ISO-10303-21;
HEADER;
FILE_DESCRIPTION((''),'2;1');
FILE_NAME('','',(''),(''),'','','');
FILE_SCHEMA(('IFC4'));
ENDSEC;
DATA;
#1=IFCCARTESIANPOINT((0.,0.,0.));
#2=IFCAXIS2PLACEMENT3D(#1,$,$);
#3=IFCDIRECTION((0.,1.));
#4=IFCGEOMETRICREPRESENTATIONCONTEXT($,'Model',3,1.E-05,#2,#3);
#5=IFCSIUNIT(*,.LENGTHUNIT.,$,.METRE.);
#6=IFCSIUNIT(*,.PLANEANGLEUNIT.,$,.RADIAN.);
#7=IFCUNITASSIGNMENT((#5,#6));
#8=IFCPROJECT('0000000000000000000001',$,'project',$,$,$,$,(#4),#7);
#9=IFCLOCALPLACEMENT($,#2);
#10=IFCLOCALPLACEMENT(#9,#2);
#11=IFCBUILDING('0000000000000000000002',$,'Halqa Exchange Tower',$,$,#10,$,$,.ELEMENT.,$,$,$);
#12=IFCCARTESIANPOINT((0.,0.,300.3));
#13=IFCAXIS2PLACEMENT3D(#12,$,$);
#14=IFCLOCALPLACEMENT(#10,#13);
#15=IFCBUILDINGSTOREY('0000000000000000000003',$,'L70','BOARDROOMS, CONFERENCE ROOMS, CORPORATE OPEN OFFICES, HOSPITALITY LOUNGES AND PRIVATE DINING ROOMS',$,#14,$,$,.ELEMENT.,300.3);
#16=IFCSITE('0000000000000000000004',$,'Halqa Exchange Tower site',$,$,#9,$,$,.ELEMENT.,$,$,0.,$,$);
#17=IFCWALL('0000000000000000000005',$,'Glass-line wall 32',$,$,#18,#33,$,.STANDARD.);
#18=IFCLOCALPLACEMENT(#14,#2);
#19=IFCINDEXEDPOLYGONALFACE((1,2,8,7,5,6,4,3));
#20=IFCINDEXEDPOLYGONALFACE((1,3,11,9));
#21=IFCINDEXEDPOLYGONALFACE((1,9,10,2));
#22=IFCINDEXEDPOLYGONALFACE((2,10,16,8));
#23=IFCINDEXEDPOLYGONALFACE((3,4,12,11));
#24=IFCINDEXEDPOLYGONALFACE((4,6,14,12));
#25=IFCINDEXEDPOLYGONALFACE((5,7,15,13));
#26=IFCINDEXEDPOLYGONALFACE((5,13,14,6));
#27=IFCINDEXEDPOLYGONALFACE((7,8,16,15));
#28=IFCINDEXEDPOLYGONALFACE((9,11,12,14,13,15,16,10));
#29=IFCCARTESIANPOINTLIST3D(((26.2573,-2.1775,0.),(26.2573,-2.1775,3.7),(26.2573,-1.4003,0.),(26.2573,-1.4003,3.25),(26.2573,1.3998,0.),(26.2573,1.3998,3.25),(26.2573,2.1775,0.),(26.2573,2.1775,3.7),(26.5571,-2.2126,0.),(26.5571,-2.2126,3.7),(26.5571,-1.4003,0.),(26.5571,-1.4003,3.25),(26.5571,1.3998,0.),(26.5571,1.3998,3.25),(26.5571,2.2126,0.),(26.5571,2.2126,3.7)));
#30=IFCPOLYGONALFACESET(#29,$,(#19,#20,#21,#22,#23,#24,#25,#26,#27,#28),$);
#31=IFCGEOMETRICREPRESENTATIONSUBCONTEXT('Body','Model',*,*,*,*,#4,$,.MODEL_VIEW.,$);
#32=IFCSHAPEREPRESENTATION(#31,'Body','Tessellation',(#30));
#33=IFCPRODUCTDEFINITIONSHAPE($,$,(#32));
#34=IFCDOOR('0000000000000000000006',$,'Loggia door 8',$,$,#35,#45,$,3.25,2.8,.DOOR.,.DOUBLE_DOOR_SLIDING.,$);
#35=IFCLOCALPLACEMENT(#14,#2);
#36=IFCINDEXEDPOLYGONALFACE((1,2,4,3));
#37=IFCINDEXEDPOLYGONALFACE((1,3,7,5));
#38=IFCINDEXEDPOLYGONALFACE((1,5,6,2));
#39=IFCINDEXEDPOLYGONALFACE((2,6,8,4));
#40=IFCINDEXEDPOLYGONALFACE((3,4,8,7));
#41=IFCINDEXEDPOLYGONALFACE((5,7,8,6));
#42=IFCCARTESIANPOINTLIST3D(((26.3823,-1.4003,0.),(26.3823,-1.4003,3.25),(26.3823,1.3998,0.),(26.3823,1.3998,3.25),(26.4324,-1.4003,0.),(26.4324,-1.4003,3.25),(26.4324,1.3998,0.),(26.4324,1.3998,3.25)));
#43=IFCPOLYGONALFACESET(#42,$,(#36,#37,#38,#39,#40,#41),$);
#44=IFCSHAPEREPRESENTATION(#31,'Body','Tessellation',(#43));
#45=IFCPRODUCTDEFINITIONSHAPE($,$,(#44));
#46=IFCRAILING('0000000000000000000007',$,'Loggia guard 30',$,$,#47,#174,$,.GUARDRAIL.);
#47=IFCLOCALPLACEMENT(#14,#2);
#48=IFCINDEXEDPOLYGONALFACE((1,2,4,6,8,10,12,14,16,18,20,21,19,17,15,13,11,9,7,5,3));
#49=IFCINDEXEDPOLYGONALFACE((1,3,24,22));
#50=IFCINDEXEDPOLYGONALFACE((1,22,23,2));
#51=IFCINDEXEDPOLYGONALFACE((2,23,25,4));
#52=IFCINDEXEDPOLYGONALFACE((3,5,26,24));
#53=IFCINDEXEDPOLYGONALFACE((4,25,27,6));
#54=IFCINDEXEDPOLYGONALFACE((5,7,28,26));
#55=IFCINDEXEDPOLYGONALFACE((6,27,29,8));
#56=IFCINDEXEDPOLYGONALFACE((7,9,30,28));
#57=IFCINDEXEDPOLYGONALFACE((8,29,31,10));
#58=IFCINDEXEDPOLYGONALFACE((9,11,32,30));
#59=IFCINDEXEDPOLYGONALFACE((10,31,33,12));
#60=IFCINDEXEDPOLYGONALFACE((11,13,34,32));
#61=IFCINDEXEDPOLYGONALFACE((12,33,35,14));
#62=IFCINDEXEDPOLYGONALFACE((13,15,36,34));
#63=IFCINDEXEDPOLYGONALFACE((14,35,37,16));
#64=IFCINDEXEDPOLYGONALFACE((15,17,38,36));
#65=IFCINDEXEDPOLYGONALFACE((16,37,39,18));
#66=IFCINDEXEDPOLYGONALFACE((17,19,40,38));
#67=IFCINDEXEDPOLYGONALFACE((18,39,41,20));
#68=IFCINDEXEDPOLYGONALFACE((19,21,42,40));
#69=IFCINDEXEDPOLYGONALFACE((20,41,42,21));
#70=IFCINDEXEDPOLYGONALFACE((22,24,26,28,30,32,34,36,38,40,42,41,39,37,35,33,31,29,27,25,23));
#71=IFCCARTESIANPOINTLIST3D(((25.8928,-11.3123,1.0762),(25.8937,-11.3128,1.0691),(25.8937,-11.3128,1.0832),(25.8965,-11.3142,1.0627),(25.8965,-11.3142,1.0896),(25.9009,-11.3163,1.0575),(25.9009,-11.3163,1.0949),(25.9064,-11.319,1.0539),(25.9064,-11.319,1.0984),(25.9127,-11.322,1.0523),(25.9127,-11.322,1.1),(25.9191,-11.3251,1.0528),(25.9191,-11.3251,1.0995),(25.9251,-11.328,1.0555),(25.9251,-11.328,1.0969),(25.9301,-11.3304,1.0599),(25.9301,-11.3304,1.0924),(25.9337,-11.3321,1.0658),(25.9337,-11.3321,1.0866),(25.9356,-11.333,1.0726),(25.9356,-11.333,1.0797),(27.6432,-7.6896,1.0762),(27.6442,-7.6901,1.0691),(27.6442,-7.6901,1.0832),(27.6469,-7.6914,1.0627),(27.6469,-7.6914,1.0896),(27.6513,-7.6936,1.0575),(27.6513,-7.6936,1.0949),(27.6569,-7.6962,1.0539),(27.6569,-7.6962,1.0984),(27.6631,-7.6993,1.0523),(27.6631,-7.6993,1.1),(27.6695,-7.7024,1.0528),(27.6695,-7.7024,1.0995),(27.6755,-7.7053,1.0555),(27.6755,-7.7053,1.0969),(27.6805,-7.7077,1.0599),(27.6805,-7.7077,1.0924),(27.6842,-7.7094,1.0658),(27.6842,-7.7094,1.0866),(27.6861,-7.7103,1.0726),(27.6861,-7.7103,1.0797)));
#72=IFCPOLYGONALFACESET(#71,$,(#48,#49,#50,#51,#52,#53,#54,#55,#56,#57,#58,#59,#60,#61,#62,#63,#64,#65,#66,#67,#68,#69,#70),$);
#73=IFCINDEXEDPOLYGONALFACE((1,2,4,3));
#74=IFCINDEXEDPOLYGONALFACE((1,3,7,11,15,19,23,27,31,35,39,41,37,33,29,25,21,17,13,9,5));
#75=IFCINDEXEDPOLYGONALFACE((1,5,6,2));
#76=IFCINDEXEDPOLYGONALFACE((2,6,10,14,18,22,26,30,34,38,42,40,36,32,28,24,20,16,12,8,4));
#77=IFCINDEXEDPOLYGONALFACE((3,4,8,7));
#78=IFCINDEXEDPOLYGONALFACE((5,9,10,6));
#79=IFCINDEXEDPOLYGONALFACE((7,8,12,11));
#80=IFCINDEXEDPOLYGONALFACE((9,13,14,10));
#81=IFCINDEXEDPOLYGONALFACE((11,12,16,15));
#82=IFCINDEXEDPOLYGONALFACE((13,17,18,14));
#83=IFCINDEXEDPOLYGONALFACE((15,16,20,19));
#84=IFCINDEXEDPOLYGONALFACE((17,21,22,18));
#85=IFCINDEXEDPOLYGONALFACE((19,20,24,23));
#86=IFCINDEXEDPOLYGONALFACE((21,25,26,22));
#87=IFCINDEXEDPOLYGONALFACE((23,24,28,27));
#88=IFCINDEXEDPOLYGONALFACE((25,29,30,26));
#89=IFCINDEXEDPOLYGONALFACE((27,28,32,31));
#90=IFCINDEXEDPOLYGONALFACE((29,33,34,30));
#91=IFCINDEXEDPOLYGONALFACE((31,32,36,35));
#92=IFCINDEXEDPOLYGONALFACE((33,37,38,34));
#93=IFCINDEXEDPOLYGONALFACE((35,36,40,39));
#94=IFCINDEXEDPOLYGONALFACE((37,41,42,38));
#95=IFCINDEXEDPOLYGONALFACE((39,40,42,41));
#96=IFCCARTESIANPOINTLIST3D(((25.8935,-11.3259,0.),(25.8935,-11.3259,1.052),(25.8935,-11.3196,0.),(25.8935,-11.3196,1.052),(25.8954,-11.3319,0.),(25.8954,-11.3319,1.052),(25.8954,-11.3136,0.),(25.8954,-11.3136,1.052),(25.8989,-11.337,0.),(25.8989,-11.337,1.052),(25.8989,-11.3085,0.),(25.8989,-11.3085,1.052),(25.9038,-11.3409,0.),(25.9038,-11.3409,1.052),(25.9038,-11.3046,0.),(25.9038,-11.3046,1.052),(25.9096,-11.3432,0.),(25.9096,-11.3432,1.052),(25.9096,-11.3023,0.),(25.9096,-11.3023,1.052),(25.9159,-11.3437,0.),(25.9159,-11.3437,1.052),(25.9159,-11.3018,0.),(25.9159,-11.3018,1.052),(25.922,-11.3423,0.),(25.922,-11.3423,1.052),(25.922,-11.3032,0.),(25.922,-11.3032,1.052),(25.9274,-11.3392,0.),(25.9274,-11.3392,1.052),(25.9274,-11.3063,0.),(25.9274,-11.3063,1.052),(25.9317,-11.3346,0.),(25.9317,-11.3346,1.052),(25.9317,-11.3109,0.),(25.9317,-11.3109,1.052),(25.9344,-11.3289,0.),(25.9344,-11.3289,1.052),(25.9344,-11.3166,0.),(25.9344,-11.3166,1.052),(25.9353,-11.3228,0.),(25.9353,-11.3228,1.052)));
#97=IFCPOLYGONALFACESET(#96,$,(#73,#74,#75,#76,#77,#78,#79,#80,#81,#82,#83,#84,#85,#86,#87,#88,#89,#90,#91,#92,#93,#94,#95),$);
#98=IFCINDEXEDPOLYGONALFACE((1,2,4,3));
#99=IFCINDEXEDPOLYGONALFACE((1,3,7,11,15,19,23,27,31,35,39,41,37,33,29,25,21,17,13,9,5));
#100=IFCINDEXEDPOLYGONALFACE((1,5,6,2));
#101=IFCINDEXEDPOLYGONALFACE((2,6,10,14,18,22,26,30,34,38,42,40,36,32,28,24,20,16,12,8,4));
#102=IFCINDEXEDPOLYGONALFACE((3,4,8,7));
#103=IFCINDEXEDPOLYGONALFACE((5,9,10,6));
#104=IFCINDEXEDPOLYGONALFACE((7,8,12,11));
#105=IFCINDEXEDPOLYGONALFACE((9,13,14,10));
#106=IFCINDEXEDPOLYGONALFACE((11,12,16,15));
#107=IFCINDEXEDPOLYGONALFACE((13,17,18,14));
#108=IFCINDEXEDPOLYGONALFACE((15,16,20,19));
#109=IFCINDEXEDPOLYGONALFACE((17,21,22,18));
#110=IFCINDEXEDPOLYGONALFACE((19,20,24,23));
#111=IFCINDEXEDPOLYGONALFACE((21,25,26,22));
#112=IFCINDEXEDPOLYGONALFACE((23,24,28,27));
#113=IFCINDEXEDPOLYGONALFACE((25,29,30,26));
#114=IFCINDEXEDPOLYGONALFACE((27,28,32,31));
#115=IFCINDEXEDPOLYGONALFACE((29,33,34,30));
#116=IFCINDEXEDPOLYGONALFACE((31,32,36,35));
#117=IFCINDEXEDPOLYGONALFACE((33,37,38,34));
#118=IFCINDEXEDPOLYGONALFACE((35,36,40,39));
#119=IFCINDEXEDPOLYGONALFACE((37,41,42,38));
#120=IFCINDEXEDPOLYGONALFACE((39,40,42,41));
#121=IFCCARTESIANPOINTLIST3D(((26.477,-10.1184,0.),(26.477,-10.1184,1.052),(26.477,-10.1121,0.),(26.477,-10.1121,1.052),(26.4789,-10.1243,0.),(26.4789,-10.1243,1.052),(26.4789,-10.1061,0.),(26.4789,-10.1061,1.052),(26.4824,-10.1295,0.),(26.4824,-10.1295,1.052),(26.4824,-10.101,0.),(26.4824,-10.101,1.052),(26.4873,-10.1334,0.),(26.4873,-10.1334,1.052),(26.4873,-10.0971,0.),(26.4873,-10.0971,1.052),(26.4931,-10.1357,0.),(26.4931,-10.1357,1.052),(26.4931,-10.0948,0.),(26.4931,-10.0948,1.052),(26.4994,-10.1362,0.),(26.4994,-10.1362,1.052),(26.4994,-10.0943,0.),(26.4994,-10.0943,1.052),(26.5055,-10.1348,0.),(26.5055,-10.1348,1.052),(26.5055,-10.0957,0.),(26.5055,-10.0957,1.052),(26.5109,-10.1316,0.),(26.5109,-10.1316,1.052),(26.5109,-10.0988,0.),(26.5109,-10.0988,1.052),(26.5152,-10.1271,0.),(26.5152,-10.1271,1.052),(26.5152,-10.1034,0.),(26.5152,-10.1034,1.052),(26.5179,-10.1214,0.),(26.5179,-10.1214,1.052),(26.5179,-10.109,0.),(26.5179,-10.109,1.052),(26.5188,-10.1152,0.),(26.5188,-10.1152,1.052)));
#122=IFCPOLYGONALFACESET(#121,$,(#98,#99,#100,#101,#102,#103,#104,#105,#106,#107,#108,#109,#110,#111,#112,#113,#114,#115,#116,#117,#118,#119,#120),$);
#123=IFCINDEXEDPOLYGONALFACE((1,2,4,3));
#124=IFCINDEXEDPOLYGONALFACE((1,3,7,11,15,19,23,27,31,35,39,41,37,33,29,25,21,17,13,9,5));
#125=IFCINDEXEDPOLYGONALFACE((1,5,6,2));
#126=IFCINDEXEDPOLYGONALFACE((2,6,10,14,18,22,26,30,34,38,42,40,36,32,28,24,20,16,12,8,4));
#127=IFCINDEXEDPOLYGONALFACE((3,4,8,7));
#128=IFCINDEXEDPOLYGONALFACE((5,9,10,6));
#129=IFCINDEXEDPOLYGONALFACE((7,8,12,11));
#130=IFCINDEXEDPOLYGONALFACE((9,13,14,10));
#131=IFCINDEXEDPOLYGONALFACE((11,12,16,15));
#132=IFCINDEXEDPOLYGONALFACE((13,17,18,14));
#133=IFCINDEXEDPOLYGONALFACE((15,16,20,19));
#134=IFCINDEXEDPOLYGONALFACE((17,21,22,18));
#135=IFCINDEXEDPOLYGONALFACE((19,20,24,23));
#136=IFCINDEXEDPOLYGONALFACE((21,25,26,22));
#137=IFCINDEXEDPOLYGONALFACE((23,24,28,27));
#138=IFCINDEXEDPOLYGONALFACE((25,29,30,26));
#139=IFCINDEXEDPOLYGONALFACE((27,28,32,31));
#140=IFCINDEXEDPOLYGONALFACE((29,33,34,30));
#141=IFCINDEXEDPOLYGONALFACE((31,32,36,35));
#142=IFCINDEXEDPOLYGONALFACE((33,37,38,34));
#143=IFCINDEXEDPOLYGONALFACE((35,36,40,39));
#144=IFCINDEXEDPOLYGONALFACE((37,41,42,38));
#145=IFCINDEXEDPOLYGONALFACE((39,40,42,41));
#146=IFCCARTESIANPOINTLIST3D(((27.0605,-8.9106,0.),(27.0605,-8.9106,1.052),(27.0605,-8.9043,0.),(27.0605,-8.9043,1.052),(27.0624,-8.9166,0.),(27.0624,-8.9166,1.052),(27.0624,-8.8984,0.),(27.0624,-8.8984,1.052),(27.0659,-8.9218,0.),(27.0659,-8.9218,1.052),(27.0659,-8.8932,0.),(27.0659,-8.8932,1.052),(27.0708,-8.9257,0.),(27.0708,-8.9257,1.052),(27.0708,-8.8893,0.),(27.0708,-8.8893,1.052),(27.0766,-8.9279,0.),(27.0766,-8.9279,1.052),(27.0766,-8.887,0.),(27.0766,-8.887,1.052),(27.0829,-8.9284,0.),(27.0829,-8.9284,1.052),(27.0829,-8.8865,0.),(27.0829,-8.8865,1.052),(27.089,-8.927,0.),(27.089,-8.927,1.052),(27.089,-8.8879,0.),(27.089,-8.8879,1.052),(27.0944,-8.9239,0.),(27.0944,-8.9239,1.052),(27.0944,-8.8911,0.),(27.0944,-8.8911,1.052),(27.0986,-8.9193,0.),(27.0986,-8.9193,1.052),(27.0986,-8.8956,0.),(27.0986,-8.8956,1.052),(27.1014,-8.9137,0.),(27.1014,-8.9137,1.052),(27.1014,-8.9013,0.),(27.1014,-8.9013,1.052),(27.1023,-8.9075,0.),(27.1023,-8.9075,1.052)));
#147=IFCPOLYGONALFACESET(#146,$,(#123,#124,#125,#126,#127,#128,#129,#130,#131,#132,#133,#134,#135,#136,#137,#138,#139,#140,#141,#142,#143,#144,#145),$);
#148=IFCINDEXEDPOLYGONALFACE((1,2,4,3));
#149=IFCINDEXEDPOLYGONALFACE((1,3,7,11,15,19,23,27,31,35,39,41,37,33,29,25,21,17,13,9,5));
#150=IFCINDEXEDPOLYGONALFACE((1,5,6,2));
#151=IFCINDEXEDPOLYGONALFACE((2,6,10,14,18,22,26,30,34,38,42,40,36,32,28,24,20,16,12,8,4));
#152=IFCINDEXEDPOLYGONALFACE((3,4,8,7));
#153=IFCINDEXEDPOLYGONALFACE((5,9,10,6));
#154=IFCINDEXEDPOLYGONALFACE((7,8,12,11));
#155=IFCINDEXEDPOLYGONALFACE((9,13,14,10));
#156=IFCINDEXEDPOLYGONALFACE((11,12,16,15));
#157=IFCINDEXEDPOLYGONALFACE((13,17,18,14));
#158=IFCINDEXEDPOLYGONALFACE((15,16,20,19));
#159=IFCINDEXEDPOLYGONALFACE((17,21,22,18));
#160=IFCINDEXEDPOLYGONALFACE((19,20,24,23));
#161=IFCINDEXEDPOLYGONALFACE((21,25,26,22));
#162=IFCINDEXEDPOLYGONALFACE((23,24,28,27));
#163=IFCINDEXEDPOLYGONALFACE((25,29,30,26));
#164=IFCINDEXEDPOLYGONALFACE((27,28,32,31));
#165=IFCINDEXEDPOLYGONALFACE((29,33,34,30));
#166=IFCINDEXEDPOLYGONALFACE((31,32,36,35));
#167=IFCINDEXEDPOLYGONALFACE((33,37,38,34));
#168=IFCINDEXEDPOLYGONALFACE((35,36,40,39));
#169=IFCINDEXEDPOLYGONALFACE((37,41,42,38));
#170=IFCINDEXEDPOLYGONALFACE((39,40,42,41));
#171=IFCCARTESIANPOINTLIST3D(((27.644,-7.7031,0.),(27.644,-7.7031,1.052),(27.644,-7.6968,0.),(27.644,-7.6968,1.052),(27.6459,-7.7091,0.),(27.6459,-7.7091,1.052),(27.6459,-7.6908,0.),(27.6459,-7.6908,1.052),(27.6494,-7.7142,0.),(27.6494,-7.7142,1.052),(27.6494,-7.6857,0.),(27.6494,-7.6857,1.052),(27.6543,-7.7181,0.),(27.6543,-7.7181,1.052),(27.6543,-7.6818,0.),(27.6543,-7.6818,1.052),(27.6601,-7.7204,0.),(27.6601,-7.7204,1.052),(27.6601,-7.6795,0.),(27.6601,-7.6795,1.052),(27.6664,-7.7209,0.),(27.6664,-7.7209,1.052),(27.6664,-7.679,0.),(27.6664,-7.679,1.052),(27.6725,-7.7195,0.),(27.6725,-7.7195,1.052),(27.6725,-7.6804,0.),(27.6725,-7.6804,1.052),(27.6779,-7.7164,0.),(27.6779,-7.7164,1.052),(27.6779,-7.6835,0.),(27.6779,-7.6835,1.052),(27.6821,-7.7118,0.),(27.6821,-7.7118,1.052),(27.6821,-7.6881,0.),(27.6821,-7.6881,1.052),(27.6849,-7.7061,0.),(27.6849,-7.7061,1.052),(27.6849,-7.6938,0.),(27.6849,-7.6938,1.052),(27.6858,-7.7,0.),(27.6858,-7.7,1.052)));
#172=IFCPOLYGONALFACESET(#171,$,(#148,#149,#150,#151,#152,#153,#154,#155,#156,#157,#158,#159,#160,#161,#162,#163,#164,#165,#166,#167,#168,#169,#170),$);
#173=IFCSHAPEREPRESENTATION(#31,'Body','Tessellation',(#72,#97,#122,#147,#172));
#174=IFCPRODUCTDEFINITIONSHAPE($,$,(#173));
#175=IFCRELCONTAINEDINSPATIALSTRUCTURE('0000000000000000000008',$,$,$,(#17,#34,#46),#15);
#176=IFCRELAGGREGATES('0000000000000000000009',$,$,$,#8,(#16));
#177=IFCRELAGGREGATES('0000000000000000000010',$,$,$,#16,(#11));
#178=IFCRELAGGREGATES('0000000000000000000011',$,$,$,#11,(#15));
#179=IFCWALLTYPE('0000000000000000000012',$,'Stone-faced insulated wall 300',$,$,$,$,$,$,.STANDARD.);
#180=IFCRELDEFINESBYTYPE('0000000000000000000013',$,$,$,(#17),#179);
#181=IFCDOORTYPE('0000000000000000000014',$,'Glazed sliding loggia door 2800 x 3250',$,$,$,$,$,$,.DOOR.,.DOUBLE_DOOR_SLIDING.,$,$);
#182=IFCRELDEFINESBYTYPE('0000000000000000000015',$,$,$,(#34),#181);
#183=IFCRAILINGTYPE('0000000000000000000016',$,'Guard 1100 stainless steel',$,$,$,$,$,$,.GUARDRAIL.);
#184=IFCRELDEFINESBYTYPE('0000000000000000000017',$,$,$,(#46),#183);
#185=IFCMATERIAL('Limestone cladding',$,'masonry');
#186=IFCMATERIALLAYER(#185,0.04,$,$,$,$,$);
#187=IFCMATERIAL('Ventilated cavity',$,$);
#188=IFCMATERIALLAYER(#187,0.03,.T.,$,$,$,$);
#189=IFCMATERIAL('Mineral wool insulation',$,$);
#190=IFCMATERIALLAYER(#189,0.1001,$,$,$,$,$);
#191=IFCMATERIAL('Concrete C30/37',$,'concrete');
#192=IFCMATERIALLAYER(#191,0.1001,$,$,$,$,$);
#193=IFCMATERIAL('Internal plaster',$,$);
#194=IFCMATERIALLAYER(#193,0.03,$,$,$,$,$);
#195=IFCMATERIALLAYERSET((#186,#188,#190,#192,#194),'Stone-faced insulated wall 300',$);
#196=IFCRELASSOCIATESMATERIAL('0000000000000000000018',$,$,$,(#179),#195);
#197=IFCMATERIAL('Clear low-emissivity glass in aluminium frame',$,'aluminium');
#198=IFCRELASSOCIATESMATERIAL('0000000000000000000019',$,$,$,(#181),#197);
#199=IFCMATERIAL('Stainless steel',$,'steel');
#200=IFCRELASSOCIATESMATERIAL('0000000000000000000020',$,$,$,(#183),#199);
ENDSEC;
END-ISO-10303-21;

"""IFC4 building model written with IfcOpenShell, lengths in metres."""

from ifc_helpers import new_model, si_unit, direction, frame, frame_2d, origin, origin_2d, place, context, subcontext, project, spatial, polyline, rectangle, circle, outline, extrude, material, layer, layer_set, type_object, element, fill, save


model = new_model("IFC4")

# Units and contexts
model_context = context("Model", 3, precision=1e-05, world=origin(), true_north=direction((0.0, 1.0)))
body_context = subcontext(model_context, "Body", "Model", "MODEL_VIEW")
ifc_project = project(units=[si_unit("LENGTHUNIT", "METRE"), si_unit("PLANEANGLEUNIT", "RADIAN")], contexts=[model_context])

# Site, building, storey
site_placement = place(None, origin())
site = spatial("IfcSite", under=ifc_project, at=site_placement, Name="Halqa Exchange Tower site", CompositionType="ELEMENT", RefElevation=0.0)
building_placement = place(site_placement, origin())
building = spatial("IfcBuilding", under=site, at=building_placement, Name="Halqa Exchange Tower", CompositionType="ELEMENT")
storey_placement = place(building_placement, frame((0.0, 0.0, 300.3)))
storey = spatial("IfcBuildingStorey", under=building, at=storey_placement, Name="L70", Description="BOARDROOMS, CONFERENCE ROOMS, CORPORATE OPEN OFFICES, HOSPITALITY LOUNGES AND PRIVATE DINING ROOMS", CompositionType="ELEMENT", Elevation=300.3)

# Shared definitions
ifc_material_1 = material(Name="Limestone cladding", Category="masonry")
ifc_layer_1 = layer(ifc_material_1, 0.04)
ifc_material_2 = material(Name="Ventilated cavity")
ifc_layer_2 = layer(ifc_material_2, 0.03, ventilated=True)
ifc_material_3 = material(Name="Mineral wool insulation")
ifc_layer_3 = layer(ifc_material_3, 0.1001)
ifc_material_4 = material(Name="Concrete C30/37", Category="concrete")
ifc_layer_4 = layer(ifc_material_4, 0.1001)
ifc_material_5 = material(Name="Internal plaster")
ifc_layer_5 = layer(ifc_material_5, 0.03)
ifc_layer_set_1 = layer_set([ifc_layer_1, ifc_layer_2, ifc_layer_3, ifc_layer_4, ifc_layer_5], Name="Stone-faced insulated wall 300")
wall_type_1 = type_object("IfcWallType", Name="Stone-faced insulated wall 300", PredefinedType="STANDARD", material=ifc_layer_set_1)
ifc_material_6 = material(Name="Clear low-emissivity glass in aluminium frame", Category="aluminium")

# Wall, opening, door
wall_1_placement = place(storey_placement, frame((26.4072, -2.1951, 0.0), z_axis=(0.0, 0.0, 1.0), x_axis=(0.0, 1.0, 0.0)))
wall_1 = element("IfcWall", 1, at=wall_1_placement, inside=storey, type_object=wall_type_1, Name="Glass-line wall 32", PredefinedType="STANDARD", context=body_context, shape_type="SweptSolid", body=[
    extrude(outline(polyline([(-0.0176, -0.1499), (4.4077, -0.1499), (4.3726, 0.1499), (0.0176, 0.1499), (-0.0176, -0.1499)])), origin(), (0.0, 0.0, 1.0), 3.7),
])
opening_1_placement = place(wall_1_placement, frame((0.7949, 0.0, 0.0)))
opening_1 = element("IfcOpeningElement", 2, at=opening_1_placement, cuts=wall_1, PredefinedType="OPENING", context=body_context, shape_type="SweptSolid", body=[
    extrude(rectangle(XDim=2.8, YDim=3.25, at=frame_2d((1.3999, 1.625))), frame((0.0, 0.1621, 0.0), z_axis=(0.0, -1.0, 0.0), x_axis=(1.0, 0.0, 0.0)), (0.0, 0.0, 1.0), 0.324),
])
door_type = type_object("IfcDoorType", Name="Glazed sliding loggia door 2800 x 3250", OperationType="DOUBLE_DOOR_SLIDING", PredefinedType="DOOR", material=ifc_material_6)
door_placement = place(opening_1_placement, origin())
door = element("IfcDoor", 3, at=door_placement, inside=storey, type_object=door_type, Name="Loggia door 8", OperationType="DOUBLE_DOOR_SLIDING", OverallHeight=3.25, OverallWidth=2.8, PredefinedType="DOOR", context=body_context, shape_type="SweptSolid", body=[
    extrude(rectangle(XDim=2.8, YDim=3.25, at=frame_2d((1.3999, 1.625))), frame((0.0, 0.0249, 0.0), z_axis=(0.0, -1.0, 0.0), x_axis=(1.0, 0.0, 0.0)), (0.0, 0.0, 1.0), 0.05),
])
fill(opening_1, door)

# Railing
ifc_material_7 = material(Name="Stainless steel", Category="steel")
railing_type = type_object("IfcRailingType", Name="Guard 1100 stainless steel", PredefinedType="GUARDRAIL", material=ifc_material_7)
railing_1_placement = place(storey_placement, frame((25.9143, -11.3228, 0.0)))
element("IfcRailing", 4, at=railing_1_placement, inside=storey, type_object=railing_type, Name="Loggia guard 30", PredefinedType="GUARDRAIL", context=body_context, shape_type="SweptSolid", body=[
    extrude(circle(Radius=0.0239, at=origin_2d()), frame((0.0, 0.0, 1.0762), z_axis=(0.435061, 0.900401, 0.0), x_axis=(-0.900401, 0.435061, 0.0)), (0.0, 0.0, 1.0), 4.0234),
    extrude(circle(Radius=0.021, at=origin_2d()), origin(), (0.0, 0.0, 1.0), 1.052),
    extrude(circle(Radius=0.021, at=origin_2d()), frame((0.5835, 1.2075, 0.0)), (0.0, 0.0, 1.0), 1.052),
    extrude(circle(Radius=0.021, at=origin_2d()), frame((1.167, 2.4153, 0.0)), (0.0, 0.0, 1.0), 1.052),
    extrude(circle(Radius=0.021, at=origin_2d()), frame((1.7505, 3.6228, 0.0)), (0.0, 0.0, 1.0), 1.052),
])

save(model, "model.ifc")
